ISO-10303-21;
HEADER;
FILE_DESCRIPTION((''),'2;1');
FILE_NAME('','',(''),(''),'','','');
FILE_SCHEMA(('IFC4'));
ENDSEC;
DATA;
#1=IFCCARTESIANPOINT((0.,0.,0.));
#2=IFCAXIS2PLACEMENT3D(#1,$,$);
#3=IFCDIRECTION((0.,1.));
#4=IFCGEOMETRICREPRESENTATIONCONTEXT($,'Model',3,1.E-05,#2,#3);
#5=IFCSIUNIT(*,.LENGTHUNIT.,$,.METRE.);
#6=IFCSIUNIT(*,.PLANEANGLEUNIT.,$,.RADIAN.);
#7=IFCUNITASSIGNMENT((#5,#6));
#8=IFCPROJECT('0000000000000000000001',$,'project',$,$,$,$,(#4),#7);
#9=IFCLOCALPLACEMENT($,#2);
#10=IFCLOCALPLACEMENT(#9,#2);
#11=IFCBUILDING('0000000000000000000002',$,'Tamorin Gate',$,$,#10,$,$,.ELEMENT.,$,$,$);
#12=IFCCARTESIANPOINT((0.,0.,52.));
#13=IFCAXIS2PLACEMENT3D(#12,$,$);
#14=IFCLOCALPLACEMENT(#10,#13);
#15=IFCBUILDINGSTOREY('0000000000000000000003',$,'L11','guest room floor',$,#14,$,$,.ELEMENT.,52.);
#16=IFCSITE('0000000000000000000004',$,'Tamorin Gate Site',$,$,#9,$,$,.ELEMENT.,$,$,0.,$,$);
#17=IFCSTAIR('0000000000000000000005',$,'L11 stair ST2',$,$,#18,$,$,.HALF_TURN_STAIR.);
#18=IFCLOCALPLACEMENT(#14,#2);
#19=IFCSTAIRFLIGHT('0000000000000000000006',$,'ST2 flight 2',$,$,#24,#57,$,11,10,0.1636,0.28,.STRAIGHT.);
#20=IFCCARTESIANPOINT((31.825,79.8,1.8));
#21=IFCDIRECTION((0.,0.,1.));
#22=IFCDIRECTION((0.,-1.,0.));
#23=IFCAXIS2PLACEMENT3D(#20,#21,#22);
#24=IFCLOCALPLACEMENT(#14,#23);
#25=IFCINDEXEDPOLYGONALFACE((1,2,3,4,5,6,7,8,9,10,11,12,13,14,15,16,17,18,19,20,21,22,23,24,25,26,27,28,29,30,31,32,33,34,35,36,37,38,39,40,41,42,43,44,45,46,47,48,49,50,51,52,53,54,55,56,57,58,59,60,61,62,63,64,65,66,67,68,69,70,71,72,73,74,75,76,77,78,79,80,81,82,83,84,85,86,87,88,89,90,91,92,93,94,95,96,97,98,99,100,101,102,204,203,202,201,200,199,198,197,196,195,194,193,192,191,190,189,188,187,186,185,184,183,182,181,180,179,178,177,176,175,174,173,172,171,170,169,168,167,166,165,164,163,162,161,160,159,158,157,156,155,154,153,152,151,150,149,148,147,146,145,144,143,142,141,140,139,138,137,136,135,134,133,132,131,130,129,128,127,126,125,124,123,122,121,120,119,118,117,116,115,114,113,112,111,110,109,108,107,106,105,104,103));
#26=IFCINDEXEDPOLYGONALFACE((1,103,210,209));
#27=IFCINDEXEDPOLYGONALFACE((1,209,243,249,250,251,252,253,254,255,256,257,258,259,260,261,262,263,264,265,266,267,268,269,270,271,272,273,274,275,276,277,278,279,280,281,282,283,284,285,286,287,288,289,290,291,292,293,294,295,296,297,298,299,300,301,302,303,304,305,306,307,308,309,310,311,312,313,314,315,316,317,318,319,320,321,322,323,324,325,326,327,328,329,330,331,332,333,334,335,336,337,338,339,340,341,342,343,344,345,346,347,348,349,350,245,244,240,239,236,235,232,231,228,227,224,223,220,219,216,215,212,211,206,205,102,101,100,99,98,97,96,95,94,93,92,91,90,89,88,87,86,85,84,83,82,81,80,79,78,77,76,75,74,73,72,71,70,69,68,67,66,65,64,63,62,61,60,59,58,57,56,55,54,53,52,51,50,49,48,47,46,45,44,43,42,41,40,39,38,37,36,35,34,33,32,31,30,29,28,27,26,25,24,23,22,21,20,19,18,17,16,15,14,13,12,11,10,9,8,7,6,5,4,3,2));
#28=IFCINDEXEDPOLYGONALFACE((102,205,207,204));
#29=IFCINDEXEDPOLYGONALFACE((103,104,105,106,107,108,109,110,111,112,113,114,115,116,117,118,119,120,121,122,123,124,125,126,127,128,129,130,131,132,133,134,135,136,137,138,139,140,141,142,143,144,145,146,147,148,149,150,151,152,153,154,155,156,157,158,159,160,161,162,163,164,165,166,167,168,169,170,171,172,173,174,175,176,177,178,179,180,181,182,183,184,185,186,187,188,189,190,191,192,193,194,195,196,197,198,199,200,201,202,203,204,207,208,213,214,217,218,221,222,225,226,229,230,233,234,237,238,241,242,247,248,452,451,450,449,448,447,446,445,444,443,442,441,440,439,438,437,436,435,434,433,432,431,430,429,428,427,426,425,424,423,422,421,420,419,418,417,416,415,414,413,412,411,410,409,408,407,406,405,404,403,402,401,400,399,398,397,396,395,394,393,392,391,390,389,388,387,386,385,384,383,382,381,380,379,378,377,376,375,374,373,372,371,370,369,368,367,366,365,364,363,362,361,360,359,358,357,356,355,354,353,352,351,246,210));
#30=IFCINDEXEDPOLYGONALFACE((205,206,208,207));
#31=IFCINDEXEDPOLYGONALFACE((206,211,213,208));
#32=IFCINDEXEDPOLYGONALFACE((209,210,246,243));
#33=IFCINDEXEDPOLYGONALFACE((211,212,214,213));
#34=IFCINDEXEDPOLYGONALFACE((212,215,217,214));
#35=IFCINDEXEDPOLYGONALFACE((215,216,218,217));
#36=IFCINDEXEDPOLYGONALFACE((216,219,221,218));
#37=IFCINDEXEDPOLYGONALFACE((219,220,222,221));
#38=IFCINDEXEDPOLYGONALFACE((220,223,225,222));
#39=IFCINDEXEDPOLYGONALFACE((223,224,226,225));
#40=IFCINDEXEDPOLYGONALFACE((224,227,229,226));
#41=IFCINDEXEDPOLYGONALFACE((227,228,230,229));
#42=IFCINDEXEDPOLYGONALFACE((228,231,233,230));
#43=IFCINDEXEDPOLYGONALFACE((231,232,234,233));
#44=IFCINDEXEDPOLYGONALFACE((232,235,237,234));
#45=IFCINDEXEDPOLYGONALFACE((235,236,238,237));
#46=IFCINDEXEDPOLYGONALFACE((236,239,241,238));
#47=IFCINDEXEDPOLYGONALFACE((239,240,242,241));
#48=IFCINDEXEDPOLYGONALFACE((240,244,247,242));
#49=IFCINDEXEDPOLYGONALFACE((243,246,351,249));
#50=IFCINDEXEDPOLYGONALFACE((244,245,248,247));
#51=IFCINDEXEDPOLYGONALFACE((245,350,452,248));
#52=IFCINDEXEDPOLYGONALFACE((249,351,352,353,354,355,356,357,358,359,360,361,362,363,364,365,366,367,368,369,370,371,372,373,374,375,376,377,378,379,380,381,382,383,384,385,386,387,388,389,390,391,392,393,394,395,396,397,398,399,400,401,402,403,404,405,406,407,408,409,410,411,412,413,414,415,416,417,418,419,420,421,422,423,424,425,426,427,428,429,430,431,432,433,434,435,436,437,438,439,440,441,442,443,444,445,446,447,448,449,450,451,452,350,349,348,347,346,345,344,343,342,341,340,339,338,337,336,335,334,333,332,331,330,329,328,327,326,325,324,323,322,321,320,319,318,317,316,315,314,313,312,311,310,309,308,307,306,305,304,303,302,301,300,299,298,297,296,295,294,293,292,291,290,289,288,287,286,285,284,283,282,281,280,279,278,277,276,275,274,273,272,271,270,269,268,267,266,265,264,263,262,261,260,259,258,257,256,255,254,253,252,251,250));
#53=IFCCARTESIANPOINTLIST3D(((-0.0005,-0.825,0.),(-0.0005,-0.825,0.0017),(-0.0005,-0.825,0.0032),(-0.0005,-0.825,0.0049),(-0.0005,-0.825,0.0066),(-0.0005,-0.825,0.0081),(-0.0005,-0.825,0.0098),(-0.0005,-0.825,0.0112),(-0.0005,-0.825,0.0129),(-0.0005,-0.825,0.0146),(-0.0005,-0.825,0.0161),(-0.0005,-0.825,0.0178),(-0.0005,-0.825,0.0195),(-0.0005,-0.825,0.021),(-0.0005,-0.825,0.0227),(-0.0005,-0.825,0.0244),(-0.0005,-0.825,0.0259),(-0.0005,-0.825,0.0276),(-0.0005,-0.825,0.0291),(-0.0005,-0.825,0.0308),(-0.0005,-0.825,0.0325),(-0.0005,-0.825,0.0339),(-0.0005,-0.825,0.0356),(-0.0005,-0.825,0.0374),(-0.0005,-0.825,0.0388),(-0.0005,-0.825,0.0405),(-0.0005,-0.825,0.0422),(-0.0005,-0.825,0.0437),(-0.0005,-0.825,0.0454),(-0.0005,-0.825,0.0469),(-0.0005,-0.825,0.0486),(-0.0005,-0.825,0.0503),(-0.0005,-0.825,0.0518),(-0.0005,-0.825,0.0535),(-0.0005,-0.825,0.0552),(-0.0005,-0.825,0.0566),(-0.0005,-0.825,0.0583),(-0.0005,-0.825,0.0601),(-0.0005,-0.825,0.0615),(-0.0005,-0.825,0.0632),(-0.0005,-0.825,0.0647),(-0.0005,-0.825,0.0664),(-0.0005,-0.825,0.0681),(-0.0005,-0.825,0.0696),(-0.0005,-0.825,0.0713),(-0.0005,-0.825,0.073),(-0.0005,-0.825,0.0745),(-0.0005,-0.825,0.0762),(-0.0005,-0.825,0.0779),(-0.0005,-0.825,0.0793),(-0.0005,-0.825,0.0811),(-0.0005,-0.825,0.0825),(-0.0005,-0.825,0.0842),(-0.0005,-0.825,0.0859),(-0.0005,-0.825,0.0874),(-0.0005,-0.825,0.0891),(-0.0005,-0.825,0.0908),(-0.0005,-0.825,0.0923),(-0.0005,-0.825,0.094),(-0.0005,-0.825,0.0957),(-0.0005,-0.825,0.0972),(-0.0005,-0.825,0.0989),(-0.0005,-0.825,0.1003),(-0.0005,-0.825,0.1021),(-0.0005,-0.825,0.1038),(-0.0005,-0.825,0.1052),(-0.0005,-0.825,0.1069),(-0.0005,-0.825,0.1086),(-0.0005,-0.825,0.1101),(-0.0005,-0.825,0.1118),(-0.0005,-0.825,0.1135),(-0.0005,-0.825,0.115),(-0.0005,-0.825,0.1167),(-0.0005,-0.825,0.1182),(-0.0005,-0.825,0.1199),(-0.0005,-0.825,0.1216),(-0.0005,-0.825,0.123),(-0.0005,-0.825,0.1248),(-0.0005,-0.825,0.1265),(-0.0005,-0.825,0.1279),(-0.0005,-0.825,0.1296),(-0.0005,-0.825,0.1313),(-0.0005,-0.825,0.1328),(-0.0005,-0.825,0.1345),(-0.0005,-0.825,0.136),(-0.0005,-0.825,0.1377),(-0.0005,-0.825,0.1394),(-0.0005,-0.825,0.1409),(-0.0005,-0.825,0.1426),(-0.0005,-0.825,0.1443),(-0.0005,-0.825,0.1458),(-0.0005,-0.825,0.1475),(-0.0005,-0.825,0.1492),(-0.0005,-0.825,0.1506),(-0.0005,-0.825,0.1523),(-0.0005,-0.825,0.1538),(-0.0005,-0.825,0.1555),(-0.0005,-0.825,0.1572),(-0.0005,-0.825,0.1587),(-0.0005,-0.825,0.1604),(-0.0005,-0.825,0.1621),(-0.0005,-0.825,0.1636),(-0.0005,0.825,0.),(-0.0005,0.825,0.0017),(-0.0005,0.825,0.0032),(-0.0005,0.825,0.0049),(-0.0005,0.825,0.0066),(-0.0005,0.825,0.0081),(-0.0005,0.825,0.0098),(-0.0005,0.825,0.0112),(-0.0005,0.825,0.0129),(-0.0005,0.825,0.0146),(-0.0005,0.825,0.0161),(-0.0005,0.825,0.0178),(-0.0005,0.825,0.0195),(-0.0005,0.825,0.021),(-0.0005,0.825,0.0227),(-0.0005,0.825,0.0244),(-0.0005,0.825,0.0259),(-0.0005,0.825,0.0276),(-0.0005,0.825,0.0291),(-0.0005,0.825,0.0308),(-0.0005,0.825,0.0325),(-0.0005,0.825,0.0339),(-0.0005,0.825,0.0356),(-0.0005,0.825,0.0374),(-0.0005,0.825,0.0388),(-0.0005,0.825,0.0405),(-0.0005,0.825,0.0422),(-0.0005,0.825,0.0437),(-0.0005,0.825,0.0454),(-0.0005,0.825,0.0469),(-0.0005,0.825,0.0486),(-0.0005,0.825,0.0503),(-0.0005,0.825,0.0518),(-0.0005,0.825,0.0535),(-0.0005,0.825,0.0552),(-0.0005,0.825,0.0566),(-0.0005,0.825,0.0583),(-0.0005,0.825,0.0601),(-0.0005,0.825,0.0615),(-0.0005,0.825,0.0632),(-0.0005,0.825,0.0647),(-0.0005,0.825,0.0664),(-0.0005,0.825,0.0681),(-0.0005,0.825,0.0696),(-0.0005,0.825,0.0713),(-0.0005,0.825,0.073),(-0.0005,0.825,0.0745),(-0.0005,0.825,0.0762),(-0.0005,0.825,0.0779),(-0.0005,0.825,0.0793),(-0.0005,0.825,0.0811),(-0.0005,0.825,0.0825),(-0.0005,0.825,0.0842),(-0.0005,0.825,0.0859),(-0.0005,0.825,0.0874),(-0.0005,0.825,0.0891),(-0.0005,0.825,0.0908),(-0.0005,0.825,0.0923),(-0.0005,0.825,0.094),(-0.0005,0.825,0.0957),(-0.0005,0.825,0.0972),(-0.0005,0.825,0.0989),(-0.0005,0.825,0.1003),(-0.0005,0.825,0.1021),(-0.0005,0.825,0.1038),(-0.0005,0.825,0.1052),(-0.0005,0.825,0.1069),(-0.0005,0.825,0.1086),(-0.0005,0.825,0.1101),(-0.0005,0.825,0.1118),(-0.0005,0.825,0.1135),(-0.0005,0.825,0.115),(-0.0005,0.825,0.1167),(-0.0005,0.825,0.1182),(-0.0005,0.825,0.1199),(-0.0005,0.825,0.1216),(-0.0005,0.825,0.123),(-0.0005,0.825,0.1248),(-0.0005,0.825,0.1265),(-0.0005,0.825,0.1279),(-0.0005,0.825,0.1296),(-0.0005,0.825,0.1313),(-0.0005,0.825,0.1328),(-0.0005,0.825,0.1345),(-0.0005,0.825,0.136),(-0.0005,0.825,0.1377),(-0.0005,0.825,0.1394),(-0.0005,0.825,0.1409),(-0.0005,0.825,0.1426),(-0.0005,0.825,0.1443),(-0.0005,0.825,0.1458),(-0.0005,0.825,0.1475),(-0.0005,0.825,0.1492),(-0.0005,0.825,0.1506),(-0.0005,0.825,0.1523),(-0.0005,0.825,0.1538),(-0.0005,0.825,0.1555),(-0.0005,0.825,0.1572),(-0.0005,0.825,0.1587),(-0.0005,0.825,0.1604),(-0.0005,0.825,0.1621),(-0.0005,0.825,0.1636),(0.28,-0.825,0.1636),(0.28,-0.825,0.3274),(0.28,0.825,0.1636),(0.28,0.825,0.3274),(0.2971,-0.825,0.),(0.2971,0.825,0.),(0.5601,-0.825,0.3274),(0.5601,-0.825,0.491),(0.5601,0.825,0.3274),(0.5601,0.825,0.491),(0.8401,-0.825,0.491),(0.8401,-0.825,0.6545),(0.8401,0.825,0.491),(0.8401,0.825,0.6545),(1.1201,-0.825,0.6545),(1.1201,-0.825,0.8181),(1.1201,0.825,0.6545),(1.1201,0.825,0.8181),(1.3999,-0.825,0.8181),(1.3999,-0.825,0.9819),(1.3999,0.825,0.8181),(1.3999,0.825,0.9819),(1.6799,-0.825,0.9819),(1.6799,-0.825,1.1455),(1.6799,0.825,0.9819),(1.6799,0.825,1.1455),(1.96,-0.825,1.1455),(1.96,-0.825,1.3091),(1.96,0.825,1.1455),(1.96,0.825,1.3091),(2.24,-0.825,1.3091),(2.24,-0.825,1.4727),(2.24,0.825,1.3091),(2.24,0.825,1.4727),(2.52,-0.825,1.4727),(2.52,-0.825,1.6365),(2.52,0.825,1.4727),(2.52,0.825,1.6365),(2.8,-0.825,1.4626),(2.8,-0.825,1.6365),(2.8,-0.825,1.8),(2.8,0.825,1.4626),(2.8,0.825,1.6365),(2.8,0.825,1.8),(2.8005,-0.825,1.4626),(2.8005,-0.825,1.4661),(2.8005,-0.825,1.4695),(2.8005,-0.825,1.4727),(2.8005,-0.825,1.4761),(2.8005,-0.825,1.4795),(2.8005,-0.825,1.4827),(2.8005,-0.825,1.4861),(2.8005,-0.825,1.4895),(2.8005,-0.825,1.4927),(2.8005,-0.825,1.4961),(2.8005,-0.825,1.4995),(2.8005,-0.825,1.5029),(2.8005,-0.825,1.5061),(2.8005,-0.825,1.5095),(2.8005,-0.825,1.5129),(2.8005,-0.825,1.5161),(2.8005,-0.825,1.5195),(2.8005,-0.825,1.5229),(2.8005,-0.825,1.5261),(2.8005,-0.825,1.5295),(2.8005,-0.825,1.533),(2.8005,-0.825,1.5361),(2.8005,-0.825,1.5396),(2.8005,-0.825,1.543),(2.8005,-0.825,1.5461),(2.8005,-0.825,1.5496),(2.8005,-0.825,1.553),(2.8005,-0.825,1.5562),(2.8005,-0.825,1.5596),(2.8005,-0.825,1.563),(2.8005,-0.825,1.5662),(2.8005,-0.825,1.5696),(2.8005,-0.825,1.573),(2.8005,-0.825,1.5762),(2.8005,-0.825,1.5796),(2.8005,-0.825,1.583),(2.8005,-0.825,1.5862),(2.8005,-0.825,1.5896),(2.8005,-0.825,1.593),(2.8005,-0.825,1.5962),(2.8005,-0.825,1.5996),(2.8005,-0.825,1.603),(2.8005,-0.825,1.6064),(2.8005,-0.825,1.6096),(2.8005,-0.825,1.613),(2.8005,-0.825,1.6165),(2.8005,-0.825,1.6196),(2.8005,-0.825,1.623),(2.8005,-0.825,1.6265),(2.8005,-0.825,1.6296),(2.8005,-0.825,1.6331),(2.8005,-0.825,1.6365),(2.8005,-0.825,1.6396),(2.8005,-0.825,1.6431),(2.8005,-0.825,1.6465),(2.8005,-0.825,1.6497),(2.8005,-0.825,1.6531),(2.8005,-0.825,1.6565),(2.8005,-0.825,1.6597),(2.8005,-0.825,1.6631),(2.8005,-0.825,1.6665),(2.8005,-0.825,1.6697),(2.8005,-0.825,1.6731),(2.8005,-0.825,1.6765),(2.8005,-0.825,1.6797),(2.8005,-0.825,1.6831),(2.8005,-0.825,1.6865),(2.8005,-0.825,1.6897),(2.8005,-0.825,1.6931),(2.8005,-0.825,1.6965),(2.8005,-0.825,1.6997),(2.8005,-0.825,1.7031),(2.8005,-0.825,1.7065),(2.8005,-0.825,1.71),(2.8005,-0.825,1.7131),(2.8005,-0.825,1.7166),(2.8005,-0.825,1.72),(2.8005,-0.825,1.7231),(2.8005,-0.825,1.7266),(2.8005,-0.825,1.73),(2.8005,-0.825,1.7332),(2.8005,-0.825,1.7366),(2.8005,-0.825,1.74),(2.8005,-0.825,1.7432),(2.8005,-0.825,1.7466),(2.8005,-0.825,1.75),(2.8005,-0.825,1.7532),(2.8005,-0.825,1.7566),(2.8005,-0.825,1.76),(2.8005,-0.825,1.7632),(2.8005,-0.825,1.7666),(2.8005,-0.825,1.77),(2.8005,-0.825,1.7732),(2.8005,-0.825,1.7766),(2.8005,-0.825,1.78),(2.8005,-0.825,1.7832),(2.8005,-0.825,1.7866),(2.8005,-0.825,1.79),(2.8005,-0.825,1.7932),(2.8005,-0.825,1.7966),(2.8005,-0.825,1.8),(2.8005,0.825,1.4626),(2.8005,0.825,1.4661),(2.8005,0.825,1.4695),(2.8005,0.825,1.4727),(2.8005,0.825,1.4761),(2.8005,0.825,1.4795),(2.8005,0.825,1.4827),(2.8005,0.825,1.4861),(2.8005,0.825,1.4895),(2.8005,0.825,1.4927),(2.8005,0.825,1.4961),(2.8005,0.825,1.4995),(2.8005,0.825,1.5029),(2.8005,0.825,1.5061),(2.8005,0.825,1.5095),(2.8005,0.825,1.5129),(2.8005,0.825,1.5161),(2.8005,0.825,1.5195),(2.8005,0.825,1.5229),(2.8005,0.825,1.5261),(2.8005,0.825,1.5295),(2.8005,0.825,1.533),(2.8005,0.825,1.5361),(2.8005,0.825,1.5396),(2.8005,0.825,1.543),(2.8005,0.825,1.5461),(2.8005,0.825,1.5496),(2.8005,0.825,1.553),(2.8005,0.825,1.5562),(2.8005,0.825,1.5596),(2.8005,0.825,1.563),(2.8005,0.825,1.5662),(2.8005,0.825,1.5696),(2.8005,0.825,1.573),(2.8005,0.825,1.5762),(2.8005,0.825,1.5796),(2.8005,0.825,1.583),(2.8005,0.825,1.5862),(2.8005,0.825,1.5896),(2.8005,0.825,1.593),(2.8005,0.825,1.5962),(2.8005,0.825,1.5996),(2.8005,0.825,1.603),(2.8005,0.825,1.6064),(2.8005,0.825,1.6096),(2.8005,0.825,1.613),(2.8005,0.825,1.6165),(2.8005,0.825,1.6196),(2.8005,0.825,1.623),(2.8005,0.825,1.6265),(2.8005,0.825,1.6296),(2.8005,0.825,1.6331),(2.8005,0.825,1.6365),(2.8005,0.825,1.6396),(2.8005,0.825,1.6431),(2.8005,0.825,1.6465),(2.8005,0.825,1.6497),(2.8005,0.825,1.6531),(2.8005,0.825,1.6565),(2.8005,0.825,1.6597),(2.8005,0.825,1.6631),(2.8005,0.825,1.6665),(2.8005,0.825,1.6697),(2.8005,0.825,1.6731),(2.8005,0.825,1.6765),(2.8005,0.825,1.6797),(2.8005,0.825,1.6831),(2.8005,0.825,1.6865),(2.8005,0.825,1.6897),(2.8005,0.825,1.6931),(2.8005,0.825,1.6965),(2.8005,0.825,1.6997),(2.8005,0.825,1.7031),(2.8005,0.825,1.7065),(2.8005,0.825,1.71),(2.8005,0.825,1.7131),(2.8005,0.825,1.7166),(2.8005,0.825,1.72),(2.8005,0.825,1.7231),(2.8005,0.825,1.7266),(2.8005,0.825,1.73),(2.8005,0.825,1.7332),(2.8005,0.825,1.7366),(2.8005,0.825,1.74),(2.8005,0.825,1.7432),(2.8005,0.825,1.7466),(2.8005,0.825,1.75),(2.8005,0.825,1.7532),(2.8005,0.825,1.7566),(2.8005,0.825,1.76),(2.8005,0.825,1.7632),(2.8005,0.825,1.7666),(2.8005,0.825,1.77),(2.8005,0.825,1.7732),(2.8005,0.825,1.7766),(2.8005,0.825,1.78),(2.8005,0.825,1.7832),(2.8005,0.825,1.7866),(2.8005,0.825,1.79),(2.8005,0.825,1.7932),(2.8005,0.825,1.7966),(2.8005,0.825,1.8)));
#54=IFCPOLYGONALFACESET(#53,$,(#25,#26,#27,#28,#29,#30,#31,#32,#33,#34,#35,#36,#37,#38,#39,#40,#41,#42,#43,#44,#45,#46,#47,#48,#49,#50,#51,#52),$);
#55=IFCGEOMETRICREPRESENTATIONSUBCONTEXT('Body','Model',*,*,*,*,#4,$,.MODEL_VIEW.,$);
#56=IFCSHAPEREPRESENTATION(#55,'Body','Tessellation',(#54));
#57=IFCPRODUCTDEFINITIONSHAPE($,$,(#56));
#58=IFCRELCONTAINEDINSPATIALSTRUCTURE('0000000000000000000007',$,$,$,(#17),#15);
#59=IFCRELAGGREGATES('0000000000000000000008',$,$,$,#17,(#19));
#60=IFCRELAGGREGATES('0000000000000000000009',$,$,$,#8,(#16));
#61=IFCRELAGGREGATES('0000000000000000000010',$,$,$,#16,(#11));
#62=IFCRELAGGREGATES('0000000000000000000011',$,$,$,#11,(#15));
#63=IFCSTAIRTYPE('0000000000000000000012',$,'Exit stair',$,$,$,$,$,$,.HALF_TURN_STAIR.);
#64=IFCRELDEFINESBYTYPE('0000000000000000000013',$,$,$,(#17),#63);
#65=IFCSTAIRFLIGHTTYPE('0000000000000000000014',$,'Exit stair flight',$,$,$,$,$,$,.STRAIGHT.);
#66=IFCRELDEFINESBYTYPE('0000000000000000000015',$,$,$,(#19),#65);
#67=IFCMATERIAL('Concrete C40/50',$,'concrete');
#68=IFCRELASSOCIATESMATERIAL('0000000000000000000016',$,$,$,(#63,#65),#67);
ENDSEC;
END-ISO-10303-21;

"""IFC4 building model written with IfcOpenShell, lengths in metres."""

from ifc_helpers import new_model, si_unit, direction, frame, origin, place, context, subcontext, project, spatial, polyline, outline, extrude, material, type_object, element, aggregate, save


model = new_model("IFC4")

# Units and contexts
model_context = context("Model", 3, precision=1e-05, world=origin(), true_north=direction((0.0, 1.0)))
body_context = subcontext(model_context, "Body", "Model", "MODEL_VIEW")
ifc_project = project(units=[si_unit("LENGTHUNIT", "METRE"), si_unit("PLANEANGLEUNIT", "RADIAN")], contexts=[model_context])

# Site, building, storey
site_placement = place(None, origin())
site = spatial("IfcSite", under=ifc_project, at=site_placement, Name="Tamorin Gate Site", CompositionType="ELEMENT", RefElevation=0.0)
building_placement = place(site_placement, origin())
building = spatial("IfcBuilding", under=site, at=building_placement, Name="Tamorin Gate", CompositionType="ELEMENT")
storey_placement = place(building_placement, frame((0.0, 0.0, 52.0)))
storey = spatial("IfcBuildingStorey", under=building, at=storey_placement, Name="L11", Description="guest room floor", CompositionType="ELEMENT", Elevation=52.0)

# Shared definitions
ifc_material_1 = material(Name="Concrete C40/50", Category="concrete")

# Stair, stair flight
stair_type = type_object("IfcStairType", Name="Exit stair", PredefinedType="HALF_TURN_STAIR", material=ifc_material_1)
stair_placement = place(storey_placement, origin())
stair = element("IfcStair", 1, at=stair_placement, inside=storey, type_object=stair_type, Name="L11 stair ST2", PredefinedType="HALF_TURN_STAIR")
stair_flight_type = type_object("IfcStairFlightType", Name="Exit stair flight", PredefinedType="STRAIGHT", material=ifc_material_1)
stair_flight_1_placement = place(storey_placement, frame((31.825, 79.8, 1.8), z_axis=(0.0, 0.0, 1.0), x_axis=(0.0, -1.0, 0.0)))
stair_flight_1 = element("IfcStairFlight", 2, at=stair_flight_1_placement, type_object=stair_flight_type, Name="ST2 flight 2", NumberOfRisers=11, NumberOfTreads=10, PredefinedType="STRAIGHT", RiserHeight=0.1636, TreadLength=0.28, context=body_context, shape_type="SweptSolid", body=[
    extrude(outline(polyline([(-0.0005, 0.0), (-0.0005, 0.0017), (-0.0005, 0.0032), (-0.0005, 0.0049), (-0.0005, 0.0066), (-0.0005, 0.0081), (-0.0005, 0.0098), (-0.0005, 0.0112), (-0.0005, 0.0129), (-0.0005, 0.0146), (-0.0005, 0.0161), (-0.0005, 0.0178), (-0.0005, 0.0195), (-0.0005, 0.021), (-0.0005, 0.0227), (-0.0005, 0.0244), (-0.0005, 0.0259), (-0.0005, 0.0276), (-0.0005, 0.0291), (-0.0005, 0.0308), (-0.0005, 0.0325), (-0.0005, 0.0339), (-0.0005, 0.0356), (-0.0005, 0.0374), (-0.0005, 0.0388), (-0.0005, 0.0405), (-0.0005, 0.0422), (-0.0005, 0.0437), (-0.0005, 0.0454), (-0.0005, 0.0469), (-0.0005, 0.0486), (-0.0005, 0.0503), (-0.0005, 0.0518), (-0.0005, 0.0535), (-0.0005, 0.0552), (-0.0005, 0.0566), (-0.0005, 0.0583), (-0.0005, 0.0601), (-0.0005, 0.0615), (-0.0005, 0.0632), (-0.0005, 0.0647), (-0.0005, 0.0664), (-0.0005, 0.0681), (-0.0005, 0.0696), (-0.0005, 0.0713), (-0.0005, 0.073), (-0.0005, 0.0745), (-0.0005, 0.0762), (-0.0005, 0.0779), (-0.0005, 0.0793), (-0.0005, 0.0811), (-0.0005, 0.0825), (-0.0005, 0.0842), (-0.0005, 0.0859), (-0.0005, 0.0874), (-0.0005, 0.0891), (-0.0005, 0.0908), (-0.0005, 0.0923), (-0.0005, 0.094), (-0.0005, 0.0957), (-0.0005, 0.0972), (-0.0005, 0.0989), (-0.0005, 0.1003), (-0.0005, 0.1021), (-0.0005, 0.1038), (-0.0005, 0.1052), (-0.0005, 0.1069), (-0.0005, 0.1086), (-0.0005, 0.1101), (-0.0005, 0.1118), (-0.0005, 0.1135), (-0.0005, 0.115), (-0.0005, 0.1167), (-0.0005, 0.1182), (-0.0005, 0.1199), (-0.0005, 0.1216), (-0.0005, 0.123), (-0.0005, 0.1248), (-0.0005, 0.1265), (-0.0005, 0.1279), (-0.0005, 0.1296), (-0.0005, 0.1313), (-0.0005, 0.1328), (-0.0005, 0.1345), (-0.0005, 0.136), (-0.0005, 0.1377), (-0.0005, 0.1394), (-0.0005, 0.1409), (-0.0005, 0.1426), (-0.0005, 0.1443), (-0.0005, 0.1458), (-0.0005, 0.1475), (-0.0005, 0.1492), (-0.0005, 0.1506), (-0.0005, 0.1523), (-0.0005, 0.1538), (-0.0005, 0.1555), (-0.0005, 0.1572), (-0.0005, 0.1587), (-0.0005, 0.1604), (-0.0005, 0.1621), (-0.0005, 0.1636), (0.28, 0.1636), (0.28, 0.3274), (0.5601, 0.3274), (0.5601, 0.491), (0.8401, 0.491), (0.8401, 0.6545), (1.1201, 0.6545), (1.1201, 0.8181), (1.3999, 0.8181), (1.3999, 0.9819), (1.6799, 0.9819), (1.6799, 1.1455), (1.96, 1.1455), (1.96, 1.3091), (2.24, 1.3091), (2.24, 1.4727), (2.52, 1.4727), (2.52, 1.6365), (2.8, 1.6365), (2.8, 1.8), (2.8005, 1.8), (2.8005, 1.7966), (2.8005, 1.7932), (2.8005, 1.79), (2.8005, 1.7866), (2.8005, 1.7832), (2.8005, 1.78), (2.8005, 1.7766), (2.8005, 1.7732), (2.8005, 1.77), (2.8005, 1.7666), (2.8005, 1.7632), (2.8005, 1.76), (2.8005, 1.7566), (2.8005, 1.7532), (2.8005, 1.75), (2.8005, 1.7466), (2.8005, 1.7432), (2.8005, 1.74), (2.8005, 1.7366), (2.8005, 1.7332), (2.8005, 1.73), (2.8005, 1.7266), (2.8005, 1.7231), (2.8005, 1.72), (2.8005, 1.7166), (2.8005, 1.7131), (2.8005, 1.71), (2.8005, 1.7065), (2.8005, 1.7031), (2.8005, 1.6997), (2.8005, 1.6965), (2.8005, 1.6931), (2.8005, 1.6897), (2.8005, 1.6865), (2.8005, 1.6831), (2.8005, 1.6797), (2.8005, 1.6765), (2.8005, 1.6731), (2.8005, 1.6697), (2.8005, 1.6665), (2.8005, 1.6631), (2.8005, 1.6597), (2.8005, 1.6565), (2.8005, 1.6531), (2.8005, 1.6497), (2.8005, 1.6465), (2.8005, 1.6431), (2.8005, 1.6396), (2.8005, 1.6365), (2.8005, 1.6331), (2.8005, 1.6296), (2.8005, 1.6265), (2.8005, 1.623), (2.8005, 1.6196), (2.8005, 1.6165), (2.8005, 1.613), (2.8005, 1.6096), (2.8005, 1.6064), (2.8005, 1.603), (2.8005, 1.5996), (2.8005, 1.5962), (2.8005, 1.593), (2.8005, 1.5896), (2.8005, 1.5862), (2.8005, 1.583), (2.8005, 1.5796), (2.8005, 1.5762), (2.8005, 1.573), (2.8005, 1.5696), (2.8005, 1.5662), (2.8005, 1.563), (2.8005, 1.5596), (2.8005, 1.5562), (2.8005, 1.553), (2.8005, 1.5496), (2.8005, 1.5461), (2.8005, 1.543), (2.8005, 1.5396), (2.8005, 1.5361), (2.8005, 1.533), (2.8005, 1.5295), (2.8005, 1.5261), (2.8005, 1.5229), (2.8005, 1.5195), (2.8005, 1.5161), (2.8005, 1.5129), (2.8005, 1.5095), (2.8005, 1.5061), (2.8005, 1.5029), (2.8005, 1.4995), (2.8005, 1.4961), (2.8005, 1.4927), (2.8005, 1.4895), (2.8005, 1.4861), (2.8005, 1.4827), (2.8005, 1.4795), (2.8005, 1.4761), (2.8005, 1.4727), (2.8005, 1.4695), (2.8005, 1.4661), (2.8005, 1.4626), (2.8, 1.4626), (0.2971, 0.0), (-0.0005, 0.0)])), frame((0.0, 0.825, 0.0), z_axis=(0.0, -1.0, 0.0), x_axis=(1.0, 0.0, 0.0)), (0.0, 0.0, 1.0), 1.6499),
])
aggregate(stair, [stair_flight_1])

save(model, "model.ifc")
